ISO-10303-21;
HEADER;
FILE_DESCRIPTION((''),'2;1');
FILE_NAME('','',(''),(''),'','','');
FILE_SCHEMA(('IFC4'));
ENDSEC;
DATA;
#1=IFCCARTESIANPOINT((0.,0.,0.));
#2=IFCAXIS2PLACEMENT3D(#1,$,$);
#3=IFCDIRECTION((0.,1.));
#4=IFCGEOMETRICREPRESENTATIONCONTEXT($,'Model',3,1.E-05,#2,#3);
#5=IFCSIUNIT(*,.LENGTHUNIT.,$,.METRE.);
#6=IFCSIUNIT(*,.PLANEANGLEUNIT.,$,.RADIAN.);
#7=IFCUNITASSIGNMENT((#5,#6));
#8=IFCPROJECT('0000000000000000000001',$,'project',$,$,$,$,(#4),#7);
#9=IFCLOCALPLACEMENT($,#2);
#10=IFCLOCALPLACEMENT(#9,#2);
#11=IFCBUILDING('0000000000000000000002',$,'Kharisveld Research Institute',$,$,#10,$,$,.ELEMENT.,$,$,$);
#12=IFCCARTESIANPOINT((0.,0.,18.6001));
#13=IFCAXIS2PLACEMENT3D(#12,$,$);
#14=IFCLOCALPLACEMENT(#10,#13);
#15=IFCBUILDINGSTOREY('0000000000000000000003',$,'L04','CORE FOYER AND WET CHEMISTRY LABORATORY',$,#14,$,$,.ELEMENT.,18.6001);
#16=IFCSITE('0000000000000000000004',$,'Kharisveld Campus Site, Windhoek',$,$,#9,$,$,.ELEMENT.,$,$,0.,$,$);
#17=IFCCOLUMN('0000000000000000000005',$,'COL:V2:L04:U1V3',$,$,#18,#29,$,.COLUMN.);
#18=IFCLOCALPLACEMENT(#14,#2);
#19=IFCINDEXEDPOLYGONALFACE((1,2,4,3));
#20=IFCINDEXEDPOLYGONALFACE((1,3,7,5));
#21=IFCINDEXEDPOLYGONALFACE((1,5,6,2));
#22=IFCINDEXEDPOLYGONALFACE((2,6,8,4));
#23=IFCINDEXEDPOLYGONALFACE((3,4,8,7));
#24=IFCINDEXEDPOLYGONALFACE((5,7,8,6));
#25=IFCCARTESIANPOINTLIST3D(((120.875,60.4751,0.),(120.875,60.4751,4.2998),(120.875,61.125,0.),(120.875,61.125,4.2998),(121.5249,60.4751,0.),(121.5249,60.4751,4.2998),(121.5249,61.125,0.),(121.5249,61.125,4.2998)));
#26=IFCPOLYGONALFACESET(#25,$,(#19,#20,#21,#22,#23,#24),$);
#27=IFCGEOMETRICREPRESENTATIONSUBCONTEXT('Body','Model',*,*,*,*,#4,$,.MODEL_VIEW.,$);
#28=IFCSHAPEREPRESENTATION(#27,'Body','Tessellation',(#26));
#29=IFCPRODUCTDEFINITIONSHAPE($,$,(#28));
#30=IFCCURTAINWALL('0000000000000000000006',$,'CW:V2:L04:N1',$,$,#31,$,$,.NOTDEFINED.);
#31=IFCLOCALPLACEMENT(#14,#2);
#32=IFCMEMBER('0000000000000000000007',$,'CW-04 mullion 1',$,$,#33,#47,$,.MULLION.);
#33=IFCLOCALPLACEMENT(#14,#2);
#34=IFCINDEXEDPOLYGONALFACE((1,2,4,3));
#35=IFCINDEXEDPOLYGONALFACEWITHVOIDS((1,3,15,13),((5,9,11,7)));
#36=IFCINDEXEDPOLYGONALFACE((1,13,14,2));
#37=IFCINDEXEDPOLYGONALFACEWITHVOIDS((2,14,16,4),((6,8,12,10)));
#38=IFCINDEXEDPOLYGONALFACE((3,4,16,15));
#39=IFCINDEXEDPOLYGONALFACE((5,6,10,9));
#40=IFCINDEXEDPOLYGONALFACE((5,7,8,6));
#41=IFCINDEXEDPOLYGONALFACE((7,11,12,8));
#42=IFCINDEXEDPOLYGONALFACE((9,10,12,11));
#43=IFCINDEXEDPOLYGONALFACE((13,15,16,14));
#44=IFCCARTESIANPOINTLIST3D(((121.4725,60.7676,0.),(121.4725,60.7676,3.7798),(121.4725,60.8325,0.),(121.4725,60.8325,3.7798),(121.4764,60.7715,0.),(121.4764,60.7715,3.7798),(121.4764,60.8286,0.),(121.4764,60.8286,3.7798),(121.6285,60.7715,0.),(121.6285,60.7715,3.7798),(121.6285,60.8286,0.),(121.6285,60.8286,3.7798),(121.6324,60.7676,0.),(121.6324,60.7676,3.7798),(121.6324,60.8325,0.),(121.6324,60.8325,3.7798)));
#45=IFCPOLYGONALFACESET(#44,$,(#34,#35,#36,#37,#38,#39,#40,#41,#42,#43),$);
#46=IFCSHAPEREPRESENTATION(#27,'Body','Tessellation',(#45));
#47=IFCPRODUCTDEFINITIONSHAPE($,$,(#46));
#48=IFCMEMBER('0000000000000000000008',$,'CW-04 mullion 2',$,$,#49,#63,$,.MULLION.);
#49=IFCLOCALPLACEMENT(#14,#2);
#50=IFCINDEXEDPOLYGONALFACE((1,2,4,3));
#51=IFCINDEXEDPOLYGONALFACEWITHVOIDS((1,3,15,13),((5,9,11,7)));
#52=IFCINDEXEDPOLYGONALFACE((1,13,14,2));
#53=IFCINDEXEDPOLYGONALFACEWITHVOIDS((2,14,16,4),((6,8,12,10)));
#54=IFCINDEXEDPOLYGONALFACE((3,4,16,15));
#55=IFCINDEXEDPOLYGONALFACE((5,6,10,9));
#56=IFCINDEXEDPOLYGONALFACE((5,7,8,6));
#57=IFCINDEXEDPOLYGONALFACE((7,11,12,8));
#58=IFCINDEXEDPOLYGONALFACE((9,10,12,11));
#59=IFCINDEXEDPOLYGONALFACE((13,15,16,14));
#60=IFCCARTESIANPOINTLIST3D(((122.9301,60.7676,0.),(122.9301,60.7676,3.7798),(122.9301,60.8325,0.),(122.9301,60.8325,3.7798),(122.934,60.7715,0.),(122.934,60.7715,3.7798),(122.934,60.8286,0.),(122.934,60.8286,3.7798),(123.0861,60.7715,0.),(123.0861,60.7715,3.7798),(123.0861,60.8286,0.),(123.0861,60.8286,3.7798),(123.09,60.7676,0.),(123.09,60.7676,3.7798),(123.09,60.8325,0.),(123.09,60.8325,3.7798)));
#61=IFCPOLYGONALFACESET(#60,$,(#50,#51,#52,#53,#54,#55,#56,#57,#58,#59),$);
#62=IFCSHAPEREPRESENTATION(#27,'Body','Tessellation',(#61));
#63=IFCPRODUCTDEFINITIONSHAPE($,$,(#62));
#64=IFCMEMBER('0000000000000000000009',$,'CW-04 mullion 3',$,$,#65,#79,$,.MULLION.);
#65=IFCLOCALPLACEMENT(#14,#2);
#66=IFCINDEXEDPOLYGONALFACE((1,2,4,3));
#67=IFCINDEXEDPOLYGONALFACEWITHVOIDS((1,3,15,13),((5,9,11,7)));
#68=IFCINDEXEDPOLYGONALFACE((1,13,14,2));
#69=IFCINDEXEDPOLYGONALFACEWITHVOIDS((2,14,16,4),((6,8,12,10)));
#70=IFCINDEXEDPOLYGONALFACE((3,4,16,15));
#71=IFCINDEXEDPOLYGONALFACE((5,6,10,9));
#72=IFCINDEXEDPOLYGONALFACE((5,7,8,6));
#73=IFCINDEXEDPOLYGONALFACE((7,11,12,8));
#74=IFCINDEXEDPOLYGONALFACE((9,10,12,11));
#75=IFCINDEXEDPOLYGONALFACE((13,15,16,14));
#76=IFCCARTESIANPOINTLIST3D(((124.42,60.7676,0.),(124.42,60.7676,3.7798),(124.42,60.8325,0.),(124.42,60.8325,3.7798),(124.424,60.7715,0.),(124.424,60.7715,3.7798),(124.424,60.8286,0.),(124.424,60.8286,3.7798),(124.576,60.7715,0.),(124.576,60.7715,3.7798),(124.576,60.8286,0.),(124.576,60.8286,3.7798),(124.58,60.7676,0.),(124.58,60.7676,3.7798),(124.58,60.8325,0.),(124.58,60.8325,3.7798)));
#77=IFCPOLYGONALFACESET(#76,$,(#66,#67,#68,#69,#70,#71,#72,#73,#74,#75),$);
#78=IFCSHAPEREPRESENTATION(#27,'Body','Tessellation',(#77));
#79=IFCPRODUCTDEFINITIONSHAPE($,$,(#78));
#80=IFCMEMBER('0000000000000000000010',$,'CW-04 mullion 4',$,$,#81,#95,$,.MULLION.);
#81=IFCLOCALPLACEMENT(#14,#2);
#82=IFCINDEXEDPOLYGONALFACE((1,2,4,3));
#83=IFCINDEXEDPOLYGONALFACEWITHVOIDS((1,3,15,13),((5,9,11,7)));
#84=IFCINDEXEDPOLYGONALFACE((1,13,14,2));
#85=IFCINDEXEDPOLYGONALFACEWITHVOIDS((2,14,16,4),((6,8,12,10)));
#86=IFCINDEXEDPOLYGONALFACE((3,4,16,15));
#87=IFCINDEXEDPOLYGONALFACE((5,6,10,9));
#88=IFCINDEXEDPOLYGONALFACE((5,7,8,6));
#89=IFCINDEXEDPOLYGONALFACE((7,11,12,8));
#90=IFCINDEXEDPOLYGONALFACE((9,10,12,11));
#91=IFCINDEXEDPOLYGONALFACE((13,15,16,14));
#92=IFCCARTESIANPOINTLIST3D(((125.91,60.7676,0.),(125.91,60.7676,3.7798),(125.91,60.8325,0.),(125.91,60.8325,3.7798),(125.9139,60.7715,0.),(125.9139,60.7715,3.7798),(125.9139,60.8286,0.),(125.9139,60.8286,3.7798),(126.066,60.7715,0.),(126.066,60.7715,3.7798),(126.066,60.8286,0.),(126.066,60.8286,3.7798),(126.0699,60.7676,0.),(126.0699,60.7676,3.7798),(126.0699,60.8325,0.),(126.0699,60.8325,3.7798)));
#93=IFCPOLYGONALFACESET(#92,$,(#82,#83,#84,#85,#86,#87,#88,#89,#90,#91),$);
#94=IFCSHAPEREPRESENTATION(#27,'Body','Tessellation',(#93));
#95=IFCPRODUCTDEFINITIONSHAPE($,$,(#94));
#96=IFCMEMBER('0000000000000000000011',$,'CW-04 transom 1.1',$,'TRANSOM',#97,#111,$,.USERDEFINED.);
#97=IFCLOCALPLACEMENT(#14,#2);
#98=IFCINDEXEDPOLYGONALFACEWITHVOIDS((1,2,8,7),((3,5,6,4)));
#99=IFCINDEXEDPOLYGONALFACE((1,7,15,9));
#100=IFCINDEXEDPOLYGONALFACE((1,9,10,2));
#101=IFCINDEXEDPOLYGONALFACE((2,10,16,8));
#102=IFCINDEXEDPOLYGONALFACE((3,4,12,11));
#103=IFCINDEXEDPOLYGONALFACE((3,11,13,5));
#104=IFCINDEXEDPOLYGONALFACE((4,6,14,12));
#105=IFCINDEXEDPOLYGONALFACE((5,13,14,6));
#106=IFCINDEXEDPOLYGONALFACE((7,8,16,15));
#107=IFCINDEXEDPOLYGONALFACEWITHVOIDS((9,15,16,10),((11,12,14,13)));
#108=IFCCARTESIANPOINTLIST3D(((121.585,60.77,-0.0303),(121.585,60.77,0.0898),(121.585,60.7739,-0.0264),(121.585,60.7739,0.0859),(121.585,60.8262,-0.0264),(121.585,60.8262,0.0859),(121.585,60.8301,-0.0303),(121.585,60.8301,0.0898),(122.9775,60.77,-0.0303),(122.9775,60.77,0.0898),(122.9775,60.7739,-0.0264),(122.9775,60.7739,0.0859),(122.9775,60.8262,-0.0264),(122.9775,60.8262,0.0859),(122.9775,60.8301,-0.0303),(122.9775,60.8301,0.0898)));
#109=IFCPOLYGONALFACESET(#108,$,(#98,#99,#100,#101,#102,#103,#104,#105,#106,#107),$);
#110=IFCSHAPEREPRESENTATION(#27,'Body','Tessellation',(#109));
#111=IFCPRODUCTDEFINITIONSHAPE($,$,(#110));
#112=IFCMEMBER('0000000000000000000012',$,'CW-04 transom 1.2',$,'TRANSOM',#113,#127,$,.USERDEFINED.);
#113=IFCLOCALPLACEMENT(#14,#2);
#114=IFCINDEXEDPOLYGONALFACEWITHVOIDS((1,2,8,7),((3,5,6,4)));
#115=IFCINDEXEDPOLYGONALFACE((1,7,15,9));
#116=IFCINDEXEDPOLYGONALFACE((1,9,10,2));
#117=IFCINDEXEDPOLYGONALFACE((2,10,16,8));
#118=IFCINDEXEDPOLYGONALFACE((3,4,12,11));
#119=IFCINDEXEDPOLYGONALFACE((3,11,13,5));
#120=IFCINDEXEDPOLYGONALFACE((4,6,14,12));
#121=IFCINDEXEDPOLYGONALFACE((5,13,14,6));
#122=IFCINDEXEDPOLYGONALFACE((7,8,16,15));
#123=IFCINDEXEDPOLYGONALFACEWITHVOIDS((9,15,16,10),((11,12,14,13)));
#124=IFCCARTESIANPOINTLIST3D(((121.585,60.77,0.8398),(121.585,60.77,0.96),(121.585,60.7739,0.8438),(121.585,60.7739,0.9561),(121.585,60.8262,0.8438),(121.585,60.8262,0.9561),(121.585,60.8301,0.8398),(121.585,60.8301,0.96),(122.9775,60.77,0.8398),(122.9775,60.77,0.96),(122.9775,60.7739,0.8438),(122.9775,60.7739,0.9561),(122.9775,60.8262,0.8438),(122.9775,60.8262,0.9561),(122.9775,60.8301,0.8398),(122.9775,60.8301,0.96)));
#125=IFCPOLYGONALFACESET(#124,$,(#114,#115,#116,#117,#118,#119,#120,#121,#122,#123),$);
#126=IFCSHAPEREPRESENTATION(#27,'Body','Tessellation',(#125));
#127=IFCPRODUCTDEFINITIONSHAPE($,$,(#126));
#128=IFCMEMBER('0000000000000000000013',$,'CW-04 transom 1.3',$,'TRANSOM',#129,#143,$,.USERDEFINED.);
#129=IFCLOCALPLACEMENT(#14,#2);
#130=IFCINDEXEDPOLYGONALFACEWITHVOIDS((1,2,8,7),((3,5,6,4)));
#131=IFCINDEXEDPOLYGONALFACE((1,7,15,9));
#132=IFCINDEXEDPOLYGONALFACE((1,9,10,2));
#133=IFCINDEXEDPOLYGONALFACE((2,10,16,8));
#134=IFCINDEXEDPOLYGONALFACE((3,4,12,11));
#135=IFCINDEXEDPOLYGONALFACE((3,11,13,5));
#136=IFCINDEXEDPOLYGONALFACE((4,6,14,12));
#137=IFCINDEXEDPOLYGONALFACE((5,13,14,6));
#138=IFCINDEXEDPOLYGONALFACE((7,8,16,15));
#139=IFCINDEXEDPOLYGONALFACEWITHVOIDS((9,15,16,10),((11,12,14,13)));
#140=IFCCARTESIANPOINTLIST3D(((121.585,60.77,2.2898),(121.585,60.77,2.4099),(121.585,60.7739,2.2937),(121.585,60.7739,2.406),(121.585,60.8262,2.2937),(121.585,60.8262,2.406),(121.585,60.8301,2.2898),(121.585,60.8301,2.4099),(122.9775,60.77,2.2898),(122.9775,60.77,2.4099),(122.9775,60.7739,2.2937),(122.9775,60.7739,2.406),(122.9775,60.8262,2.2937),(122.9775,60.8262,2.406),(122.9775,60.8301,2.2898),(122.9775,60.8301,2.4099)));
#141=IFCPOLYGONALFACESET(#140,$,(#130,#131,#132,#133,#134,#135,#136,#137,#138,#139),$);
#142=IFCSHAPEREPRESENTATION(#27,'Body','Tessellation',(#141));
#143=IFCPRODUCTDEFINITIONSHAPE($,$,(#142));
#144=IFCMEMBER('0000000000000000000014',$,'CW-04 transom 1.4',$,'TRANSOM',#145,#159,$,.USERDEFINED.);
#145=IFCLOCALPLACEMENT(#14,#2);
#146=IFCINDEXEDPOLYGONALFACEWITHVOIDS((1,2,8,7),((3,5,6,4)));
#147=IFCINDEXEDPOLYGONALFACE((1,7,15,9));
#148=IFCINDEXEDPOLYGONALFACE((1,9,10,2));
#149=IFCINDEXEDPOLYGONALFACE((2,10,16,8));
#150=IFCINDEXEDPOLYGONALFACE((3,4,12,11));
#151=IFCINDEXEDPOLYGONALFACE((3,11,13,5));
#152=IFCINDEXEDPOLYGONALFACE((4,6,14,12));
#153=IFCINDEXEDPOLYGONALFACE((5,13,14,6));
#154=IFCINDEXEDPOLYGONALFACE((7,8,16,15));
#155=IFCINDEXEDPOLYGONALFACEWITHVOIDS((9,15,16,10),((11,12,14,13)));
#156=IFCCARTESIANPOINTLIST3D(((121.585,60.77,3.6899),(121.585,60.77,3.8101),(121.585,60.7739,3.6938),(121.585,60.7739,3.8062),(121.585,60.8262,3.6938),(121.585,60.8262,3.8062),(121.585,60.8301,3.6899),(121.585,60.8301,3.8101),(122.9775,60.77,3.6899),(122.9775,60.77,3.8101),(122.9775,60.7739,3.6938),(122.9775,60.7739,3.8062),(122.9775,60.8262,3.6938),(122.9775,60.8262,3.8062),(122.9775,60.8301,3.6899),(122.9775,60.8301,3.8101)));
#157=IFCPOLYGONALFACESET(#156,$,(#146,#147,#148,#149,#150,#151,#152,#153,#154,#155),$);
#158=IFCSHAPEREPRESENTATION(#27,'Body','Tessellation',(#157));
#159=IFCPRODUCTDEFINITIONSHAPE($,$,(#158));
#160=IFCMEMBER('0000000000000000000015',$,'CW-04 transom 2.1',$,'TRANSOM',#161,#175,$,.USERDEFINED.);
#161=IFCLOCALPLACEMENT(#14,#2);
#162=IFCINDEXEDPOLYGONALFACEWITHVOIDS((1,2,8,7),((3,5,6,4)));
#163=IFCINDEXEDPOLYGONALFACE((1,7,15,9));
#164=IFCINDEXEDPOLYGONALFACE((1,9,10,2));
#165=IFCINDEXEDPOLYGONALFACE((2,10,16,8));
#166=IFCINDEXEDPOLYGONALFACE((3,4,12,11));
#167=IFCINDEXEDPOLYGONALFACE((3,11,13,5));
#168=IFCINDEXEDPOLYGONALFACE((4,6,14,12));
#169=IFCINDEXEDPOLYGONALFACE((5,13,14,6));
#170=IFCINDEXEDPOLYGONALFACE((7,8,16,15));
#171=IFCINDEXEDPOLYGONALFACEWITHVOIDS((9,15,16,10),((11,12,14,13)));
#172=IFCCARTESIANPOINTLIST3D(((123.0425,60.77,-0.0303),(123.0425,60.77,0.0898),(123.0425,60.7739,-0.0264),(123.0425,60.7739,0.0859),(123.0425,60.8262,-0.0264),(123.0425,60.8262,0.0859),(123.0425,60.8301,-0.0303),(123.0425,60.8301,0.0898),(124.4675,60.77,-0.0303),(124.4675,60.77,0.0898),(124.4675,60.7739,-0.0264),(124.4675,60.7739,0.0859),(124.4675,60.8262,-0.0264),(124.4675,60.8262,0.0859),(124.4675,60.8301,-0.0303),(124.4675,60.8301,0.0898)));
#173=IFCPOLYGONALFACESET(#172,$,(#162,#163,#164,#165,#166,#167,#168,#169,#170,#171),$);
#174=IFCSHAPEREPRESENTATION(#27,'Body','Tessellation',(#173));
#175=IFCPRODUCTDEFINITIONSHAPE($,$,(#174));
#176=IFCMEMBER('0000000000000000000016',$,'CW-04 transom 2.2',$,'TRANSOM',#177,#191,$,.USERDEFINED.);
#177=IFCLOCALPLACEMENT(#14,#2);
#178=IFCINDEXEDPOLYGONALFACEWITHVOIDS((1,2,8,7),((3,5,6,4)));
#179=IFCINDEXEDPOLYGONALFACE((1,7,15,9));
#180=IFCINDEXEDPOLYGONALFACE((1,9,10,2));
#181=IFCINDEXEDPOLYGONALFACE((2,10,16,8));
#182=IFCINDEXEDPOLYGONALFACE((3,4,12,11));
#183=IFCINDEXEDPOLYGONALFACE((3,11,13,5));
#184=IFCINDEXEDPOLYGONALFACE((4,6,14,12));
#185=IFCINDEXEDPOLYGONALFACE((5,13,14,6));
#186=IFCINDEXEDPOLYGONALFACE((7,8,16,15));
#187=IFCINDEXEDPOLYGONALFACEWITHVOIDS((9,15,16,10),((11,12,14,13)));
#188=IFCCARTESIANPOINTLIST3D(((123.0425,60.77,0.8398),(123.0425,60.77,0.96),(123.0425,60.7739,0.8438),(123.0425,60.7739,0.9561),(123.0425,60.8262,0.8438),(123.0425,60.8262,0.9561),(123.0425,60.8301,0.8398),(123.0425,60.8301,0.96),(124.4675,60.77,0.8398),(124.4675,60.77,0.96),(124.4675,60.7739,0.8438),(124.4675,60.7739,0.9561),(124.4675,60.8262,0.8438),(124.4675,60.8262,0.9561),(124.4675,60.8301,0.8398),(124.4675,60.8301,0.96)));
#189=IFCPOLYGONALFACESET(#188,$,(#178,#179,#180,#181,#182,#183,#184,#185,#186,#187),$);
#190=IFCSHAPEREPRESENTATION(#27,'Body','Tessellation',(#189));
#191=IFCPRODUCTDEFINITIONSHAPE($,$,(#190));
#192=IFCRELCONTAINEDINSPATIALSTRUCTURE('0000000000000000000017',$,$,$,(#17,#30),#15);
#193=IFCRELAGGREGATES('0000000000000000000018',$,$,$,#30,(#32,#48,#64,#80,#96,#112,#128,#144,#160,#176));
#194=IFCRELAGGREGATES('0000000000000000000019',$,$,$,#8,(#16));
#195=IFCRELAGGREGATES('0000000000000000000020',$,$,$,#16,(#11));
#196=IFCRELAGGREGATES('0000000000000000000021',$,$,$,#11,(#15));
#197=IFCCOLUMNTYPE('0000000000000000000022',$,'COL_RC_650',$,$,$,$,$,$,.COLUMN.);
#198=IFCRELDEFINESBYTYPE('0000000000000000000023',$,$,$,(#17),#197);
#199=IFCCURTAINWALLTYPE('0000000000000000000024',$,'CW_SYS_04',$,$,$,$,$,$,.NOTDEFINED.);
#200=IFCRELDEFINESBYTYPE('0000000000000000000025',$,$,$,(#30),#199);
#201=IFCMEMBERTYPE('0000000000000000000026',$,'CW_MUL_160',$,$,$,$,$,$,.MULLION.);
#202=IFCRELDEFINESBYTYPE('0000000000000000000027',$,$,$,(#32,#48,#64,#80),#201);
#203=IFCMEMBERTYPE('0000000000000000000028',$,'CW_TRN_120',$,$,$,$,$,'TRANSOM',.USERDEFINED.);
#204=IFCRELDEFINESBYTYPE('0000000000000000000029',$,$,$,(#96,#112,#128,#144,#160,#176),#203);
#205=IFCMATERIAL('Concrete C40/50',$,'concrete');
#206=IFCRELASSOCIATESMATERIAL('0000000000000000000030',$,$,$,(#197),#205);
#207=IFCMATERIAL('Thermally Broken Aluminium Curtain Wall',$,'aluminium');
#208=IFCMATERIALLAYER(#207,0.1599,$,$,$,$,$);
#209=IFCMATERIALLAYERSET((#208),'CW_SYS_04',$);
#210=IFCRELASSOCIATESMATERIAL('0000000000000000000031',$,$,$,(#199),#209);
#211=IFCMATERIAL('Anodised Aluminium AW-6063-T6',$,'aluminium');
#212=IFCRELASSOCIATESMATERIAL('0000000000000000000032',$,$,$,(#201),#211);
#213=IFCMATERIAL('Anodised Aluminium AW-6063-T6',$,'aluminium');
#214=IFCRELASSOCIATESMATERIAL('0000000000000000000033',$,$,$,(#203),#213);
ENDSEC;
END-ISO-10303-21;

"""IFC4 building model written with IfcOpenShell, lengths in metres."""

from ifc_helpers import new_model, si_unit, direction, frame, origin, origin_2d, place, context, subcontext, project, spatial, rectangle, hollow_rectangle, extrude, material, layer, layer_set, material_profile, profile_set, type_object, element, aggregate, save


model = new_model("IFC4")

# Units and contexts
model_context = context("Model", 3, precision=1e-05, world=origin(), true_north=direction((0.0, 1.0)))
body_context = subcontext(model_context, "Body", "Model", "MODEL_VIEW")
ifc_project = project(units=[si_unit("LENGTHUNIT", "METRE"), si_unit("PLANEANGLEUNIT", "RADIAN")], contexts=[model_context])

# Site, building, storey
site_placement = place(None, origin())
site = spatial("IfcSite", under=ifc_project, at=site_placement, Name="Kharisveld Campus Site, Windhoek", CompositionType="ELEMENT", RefElevation=0.0)
building_placement = place(site_placement, origin())
building = spatial("IfcBuilding", under=site, at=building_placement, Name="Kharisveld Research Institute", CompositionType="ELEMENT")
storey_placement = place(building_placement, frame((0.0, 0.0, 18.6001)))
storey = spatial("IfcBuildingStorey", under=building, at=storey_placement, Name="L04", Description="CORE FOYER AND WET CHEMISTRY LABORATORY", CompositionType="ELEMENT", Elevation=18.6001)

# Column
ifc_material_1 = material(Name="Concrete C40/50", Category="concrete")
ifc_material_profile_1 = material_profile(ifc_material_1, rectangle(XDim=0.6499, YDim=0.6499, at=origin_2d()))
ifc_profile_set_1 = profile_set([ifc_material_profile_1], Name="Concrete C40/50")
column_type = type_object("IfcColumnType", Name="COL_RC_650", PredefinedType="COLUMN", material=ifc_profile_set_1)
column_placement = place(storey_placement, frame((121.2, 60.8, 0.0), z_axis=(0.0, 0.0, 1.0), x_axis=(1.0, 0.0, 0.0)))
element("IfcColumn", 1, at=column_placement, inside=storey, type_object=column_type, Name="COL:V2:L04:U1V3", PredefinedType="COLUMN", context=body_context, shape_type="SweptSolid", body=[
    extrude(rectangle(XDim=0.6499, YDim=0.6499, at=origin_2d()), origin(), (0.0, 0.0, 1.0), 4.2998),
])

# Curtain wall, members
ifc_material_2 = material(Name="Thermally Broken Aluminium Curtain Wall", Category="aluminium")
ifc_layer_1 = layer(ifc_material_2, 0.1599)
ifc_layer_set_1 = layer_set([ifc_layer_1], Name="CW_SYS_04")
curtain_wall_type = type_object("IfcCurtainWallType", Name="CW_SYS_04", PredefinedType="NOTDEFINED", material=ifc_layer_set_1)
curtain_wall_placement = place(storey_placement, origin())
curtain_wall = element("IfcCurtainWall", 2, at=curtain_wall_placement, inside=storey, type_object=curtain_wall_type, Name="CW:V2:L04:N1", PredefinedType="NOTDEFINED")
ifc_material_3 = material(Name="Anodised Aluminium AW-6063-T6", Category="aluminium")
ifc_material_profile_2 = material_profile(ifc_material_3, hollow_rectangle(XDim=0.0649, YDim=0.1599, WallThickness=0.0039, at=origin_2d()))
ifc_profile_set_2 = profile_set([ifc_material_profile_2], Name="Anodised Aluminium AW-6063-T6")
member_type_1 = type_object("IfcMemberType", Name="CW_MUL_160", PredefinedType="MULLION", material=ifc_profile_set_2)
member_1_placement = place(storey_placement, frame((121.5525, 60.8, 0.0), z_axis=(0.0, 0.0, 1.0), x_axis=(0.0, 1.0, 0.0)))
member_1 = element("IfcMember", 3, at=member_1_placement, type_object=member_type_1, Name="CW-04 mullion 1", PredefinedType="MULLION", context=body_context, shape_type="SweptSolid", body=[
    extrude(hollow_rectangle(XDim=0.0649, YDim=0.1599, WallThickness=0.0039, at=origin_2d()), origin(), (0.0, 0.0, 1.0), 3.7798),
])
member_2_placement = place(storey_placement, frame((123.01, 60.8, 0.0), z_axis=(0.0, 0.0, 1.0), x_axis=(0.0, 1.0, 0.0)))
member_2 = element("IfcMember", 4, at=member_2_placement, type_object=member_type_1, Name="CW-04 mullion 2", PredefinedType="MULLION", context=body_context, shape_type="SweptSolid", body=[
    extrude(hollow_rectangle(XDim=0.0649, YDim=0.1599, WallThickness=0.0039, at=origin_2d()), origin(), (0.0, 0.0, 1.0), 3.7798),
])
member_3_placement = place(storey_placement, frame((124.5, 60.8, 0.0), z_axis=(0.0, 0.0, 1.0), x_axis=(0.0, 1.0, 0.0)))
member_3 = element("IfcMember", 5, at=member_3_placement, type_object=member_type_1, Name="CW-04 mullion 3", PredefinedType="MULLION", context=body_context, shape_type="SweptSolid", body=[
    extrude(hollow_rectangle(XDim=0.0649, YDim=0.1599, WallThickness=0.0039, at=origin_2d()), origin(), (0.0, 0.0, 1.0), 3.7798),
])
member_4_placement = place(storey_placement, frame((125.99, 60.8, 0.0), z_axis=(0.0, 0.0, 1.0), x_axis=(0.0, 1.0, 0.0)))
member_4 = element("IfcMember", 6, at=member_4_placement, type_object=member_type_1, Name="CW-04 mullion 4", PredefinedType="MULLION", context=body_context, shape_type="SweptSolid", body=[
    extrude(hollow_rectangle(XDim=0.0649, YDim=0.1599, WallThickness=0.0039, at=origin_2d()), origin(), (0.0, 0.0, 1.0), 3.7798),
])
ifc_material_4 = material(Name="Anodised Aluminium AW-6063-T6", Category="aluminium")
ifc_material_profile_3 = material_profile(ifc_material_4, hollow_rectangle(XDim=0.0601, YDim=0.1201, WallThickness=0.0039, at=origin_2d()))
ifc_profile_set_3 = profile_set([ifc_material_profile_3], Name="Anodised Aluminium AW-6063-T6")
member_type_2 = type_object("IfcMemberType", Name="CW_TRN_120", ElementType="TRANSOM", PredefinedType="USERDEFINED", material=ifc_profile_set_3)
member_5_placement = place(storey_placement, frame((121.585, 60.8, 0.0298), z_axis=(1.0, 0.0, 0.0), x_axis=(0.0, 1.0, 0.0)))
member_5 = element("IfcMember", 7, at=member_5_placement, type_object=member_type_2, Name="CW-04 transom 1.1", ObjectType="TRANSOM", PredefinedType="USERDEFINED", context=body_context, shape_type="SweptSolid", body=[
    extrude(hollow_rectangle(XDim=0.0601, YDim=0.1201, WallThickness=0.0039, at=origin_2d()), origin(), (0.0, 0.0, 1.0), 1.3926),
])
member_6_placement = place(storey_placement, frame((121.585, 60.8, 0.8999), z_axis=(1.0, 0.0, 0.0), x_axis=(0.0, 1.0, 0.0)))
member_6 = element("IfcMember", 8, at=member_6_placement, type_object=member_type_2, Name="CW-04 transom 1.2", ObjectType="TRANSOM", PredefinedType="USERDEFINED", context=body_context, shape_type="SweptSolid", body=[
    extrude(hollow_rectangle(XDim=0.0601, YDim=0.1201, WallThickness=0.0039, at=origin_2d()), origin(), (0.0, 0.0, 1.0), 1.3926),
])
member_7_placement = place(storey_placement, frame((121.585, 60.8, 2.3499), z_axis=(1.0, 0.0, 0.0), x_axis=(0.0, 1.0, 0.0)))
member_7 = element("IfcMember", 9, at=member_7_placement, type_object=member_type_2, Name="CW-04 transom 1.3", ObjectType="TRANSOM", PredefinedType="USERDEFINED", context=body_context, shape_type="SweptSolid", body=[
    extrude(hollow_rectangle(XDim=0.0601, YDim=0.1201, WallThickness=0.0039, at=origin_2d()), origin(), (0.0, 0.0, 1.0), 1.3926),
])
member_8_placement = place(storey_placement, frame((121.585, 60.8, 3.75), z_axis=(1.0, 0.0, 0.0), x_axis=(0.0, 1.0, 0.0)))
member_8 = element("IfcMember", 10, at=member_8_placement, type_object=member_type_2, Name="CW-04 transom 1.4", ObjectType="TRANSOM", PredefinedType="USERDEFINED", context=body_context, shape_type="SweptSolid", body=[
    extrude(hollow_rectangle(XDim=0.0601, YDim=0.1201, WallThickness=0.0039, at=origin_2d()), origin(), (0.0, 0.0, 1.0), 1.3926),
])
member_9_placement = place(storey_placement, frame((123.0425, 60.8, 0.0298), z_axis=(1.0, 0.0, 0.0), x_axis=(0.0, 1.0, 0.0)))
member_9 = element("IfcMember", 11, at=member_9_placement, type_object=member_type_2, Name="CW-04 transom 2.1", ObjectType="TRANSOM", PredefinedType="USERDEFINED", context=body_context, shape_type="SweptSolid", body=[
    extrude(hollow_rectangle(XDim=0.0601, YDim=0.1201, WallThickness=0.0039, at=origin_2d()), origin(), (0.0, 0.0, 1.0), 1.425),
])
member_10_placement = place(storey_placement, frame((123.0425, 60.8, 0.8999), z_axis=(1.0, 0.0, 0.0), x_axis=(0.0, 1.0, 0.0)))
member_10 = element("IfcMember", 12, at=member_10_placement, type_object=member_type_2, Name="CW-04 transom 2.2", ObjectType="TRANSOM", PredefinedType="USERDEFINED", context=body_context, shape_type="SweptSolid", body=[
    extrude(hollow_rectangle(XDim=0.0601, YDim=0.1201, WallThickness=0.0039, at=origin_2d()), origin(), (0.0, 0.0, 1.0), 1.425),
])

aggregate(curtain_wall, [member_1, member_2, member_3, member_4, member_5, member_6, member_7, member_8, member_9, member_10])

save(model, "model.ifc")
